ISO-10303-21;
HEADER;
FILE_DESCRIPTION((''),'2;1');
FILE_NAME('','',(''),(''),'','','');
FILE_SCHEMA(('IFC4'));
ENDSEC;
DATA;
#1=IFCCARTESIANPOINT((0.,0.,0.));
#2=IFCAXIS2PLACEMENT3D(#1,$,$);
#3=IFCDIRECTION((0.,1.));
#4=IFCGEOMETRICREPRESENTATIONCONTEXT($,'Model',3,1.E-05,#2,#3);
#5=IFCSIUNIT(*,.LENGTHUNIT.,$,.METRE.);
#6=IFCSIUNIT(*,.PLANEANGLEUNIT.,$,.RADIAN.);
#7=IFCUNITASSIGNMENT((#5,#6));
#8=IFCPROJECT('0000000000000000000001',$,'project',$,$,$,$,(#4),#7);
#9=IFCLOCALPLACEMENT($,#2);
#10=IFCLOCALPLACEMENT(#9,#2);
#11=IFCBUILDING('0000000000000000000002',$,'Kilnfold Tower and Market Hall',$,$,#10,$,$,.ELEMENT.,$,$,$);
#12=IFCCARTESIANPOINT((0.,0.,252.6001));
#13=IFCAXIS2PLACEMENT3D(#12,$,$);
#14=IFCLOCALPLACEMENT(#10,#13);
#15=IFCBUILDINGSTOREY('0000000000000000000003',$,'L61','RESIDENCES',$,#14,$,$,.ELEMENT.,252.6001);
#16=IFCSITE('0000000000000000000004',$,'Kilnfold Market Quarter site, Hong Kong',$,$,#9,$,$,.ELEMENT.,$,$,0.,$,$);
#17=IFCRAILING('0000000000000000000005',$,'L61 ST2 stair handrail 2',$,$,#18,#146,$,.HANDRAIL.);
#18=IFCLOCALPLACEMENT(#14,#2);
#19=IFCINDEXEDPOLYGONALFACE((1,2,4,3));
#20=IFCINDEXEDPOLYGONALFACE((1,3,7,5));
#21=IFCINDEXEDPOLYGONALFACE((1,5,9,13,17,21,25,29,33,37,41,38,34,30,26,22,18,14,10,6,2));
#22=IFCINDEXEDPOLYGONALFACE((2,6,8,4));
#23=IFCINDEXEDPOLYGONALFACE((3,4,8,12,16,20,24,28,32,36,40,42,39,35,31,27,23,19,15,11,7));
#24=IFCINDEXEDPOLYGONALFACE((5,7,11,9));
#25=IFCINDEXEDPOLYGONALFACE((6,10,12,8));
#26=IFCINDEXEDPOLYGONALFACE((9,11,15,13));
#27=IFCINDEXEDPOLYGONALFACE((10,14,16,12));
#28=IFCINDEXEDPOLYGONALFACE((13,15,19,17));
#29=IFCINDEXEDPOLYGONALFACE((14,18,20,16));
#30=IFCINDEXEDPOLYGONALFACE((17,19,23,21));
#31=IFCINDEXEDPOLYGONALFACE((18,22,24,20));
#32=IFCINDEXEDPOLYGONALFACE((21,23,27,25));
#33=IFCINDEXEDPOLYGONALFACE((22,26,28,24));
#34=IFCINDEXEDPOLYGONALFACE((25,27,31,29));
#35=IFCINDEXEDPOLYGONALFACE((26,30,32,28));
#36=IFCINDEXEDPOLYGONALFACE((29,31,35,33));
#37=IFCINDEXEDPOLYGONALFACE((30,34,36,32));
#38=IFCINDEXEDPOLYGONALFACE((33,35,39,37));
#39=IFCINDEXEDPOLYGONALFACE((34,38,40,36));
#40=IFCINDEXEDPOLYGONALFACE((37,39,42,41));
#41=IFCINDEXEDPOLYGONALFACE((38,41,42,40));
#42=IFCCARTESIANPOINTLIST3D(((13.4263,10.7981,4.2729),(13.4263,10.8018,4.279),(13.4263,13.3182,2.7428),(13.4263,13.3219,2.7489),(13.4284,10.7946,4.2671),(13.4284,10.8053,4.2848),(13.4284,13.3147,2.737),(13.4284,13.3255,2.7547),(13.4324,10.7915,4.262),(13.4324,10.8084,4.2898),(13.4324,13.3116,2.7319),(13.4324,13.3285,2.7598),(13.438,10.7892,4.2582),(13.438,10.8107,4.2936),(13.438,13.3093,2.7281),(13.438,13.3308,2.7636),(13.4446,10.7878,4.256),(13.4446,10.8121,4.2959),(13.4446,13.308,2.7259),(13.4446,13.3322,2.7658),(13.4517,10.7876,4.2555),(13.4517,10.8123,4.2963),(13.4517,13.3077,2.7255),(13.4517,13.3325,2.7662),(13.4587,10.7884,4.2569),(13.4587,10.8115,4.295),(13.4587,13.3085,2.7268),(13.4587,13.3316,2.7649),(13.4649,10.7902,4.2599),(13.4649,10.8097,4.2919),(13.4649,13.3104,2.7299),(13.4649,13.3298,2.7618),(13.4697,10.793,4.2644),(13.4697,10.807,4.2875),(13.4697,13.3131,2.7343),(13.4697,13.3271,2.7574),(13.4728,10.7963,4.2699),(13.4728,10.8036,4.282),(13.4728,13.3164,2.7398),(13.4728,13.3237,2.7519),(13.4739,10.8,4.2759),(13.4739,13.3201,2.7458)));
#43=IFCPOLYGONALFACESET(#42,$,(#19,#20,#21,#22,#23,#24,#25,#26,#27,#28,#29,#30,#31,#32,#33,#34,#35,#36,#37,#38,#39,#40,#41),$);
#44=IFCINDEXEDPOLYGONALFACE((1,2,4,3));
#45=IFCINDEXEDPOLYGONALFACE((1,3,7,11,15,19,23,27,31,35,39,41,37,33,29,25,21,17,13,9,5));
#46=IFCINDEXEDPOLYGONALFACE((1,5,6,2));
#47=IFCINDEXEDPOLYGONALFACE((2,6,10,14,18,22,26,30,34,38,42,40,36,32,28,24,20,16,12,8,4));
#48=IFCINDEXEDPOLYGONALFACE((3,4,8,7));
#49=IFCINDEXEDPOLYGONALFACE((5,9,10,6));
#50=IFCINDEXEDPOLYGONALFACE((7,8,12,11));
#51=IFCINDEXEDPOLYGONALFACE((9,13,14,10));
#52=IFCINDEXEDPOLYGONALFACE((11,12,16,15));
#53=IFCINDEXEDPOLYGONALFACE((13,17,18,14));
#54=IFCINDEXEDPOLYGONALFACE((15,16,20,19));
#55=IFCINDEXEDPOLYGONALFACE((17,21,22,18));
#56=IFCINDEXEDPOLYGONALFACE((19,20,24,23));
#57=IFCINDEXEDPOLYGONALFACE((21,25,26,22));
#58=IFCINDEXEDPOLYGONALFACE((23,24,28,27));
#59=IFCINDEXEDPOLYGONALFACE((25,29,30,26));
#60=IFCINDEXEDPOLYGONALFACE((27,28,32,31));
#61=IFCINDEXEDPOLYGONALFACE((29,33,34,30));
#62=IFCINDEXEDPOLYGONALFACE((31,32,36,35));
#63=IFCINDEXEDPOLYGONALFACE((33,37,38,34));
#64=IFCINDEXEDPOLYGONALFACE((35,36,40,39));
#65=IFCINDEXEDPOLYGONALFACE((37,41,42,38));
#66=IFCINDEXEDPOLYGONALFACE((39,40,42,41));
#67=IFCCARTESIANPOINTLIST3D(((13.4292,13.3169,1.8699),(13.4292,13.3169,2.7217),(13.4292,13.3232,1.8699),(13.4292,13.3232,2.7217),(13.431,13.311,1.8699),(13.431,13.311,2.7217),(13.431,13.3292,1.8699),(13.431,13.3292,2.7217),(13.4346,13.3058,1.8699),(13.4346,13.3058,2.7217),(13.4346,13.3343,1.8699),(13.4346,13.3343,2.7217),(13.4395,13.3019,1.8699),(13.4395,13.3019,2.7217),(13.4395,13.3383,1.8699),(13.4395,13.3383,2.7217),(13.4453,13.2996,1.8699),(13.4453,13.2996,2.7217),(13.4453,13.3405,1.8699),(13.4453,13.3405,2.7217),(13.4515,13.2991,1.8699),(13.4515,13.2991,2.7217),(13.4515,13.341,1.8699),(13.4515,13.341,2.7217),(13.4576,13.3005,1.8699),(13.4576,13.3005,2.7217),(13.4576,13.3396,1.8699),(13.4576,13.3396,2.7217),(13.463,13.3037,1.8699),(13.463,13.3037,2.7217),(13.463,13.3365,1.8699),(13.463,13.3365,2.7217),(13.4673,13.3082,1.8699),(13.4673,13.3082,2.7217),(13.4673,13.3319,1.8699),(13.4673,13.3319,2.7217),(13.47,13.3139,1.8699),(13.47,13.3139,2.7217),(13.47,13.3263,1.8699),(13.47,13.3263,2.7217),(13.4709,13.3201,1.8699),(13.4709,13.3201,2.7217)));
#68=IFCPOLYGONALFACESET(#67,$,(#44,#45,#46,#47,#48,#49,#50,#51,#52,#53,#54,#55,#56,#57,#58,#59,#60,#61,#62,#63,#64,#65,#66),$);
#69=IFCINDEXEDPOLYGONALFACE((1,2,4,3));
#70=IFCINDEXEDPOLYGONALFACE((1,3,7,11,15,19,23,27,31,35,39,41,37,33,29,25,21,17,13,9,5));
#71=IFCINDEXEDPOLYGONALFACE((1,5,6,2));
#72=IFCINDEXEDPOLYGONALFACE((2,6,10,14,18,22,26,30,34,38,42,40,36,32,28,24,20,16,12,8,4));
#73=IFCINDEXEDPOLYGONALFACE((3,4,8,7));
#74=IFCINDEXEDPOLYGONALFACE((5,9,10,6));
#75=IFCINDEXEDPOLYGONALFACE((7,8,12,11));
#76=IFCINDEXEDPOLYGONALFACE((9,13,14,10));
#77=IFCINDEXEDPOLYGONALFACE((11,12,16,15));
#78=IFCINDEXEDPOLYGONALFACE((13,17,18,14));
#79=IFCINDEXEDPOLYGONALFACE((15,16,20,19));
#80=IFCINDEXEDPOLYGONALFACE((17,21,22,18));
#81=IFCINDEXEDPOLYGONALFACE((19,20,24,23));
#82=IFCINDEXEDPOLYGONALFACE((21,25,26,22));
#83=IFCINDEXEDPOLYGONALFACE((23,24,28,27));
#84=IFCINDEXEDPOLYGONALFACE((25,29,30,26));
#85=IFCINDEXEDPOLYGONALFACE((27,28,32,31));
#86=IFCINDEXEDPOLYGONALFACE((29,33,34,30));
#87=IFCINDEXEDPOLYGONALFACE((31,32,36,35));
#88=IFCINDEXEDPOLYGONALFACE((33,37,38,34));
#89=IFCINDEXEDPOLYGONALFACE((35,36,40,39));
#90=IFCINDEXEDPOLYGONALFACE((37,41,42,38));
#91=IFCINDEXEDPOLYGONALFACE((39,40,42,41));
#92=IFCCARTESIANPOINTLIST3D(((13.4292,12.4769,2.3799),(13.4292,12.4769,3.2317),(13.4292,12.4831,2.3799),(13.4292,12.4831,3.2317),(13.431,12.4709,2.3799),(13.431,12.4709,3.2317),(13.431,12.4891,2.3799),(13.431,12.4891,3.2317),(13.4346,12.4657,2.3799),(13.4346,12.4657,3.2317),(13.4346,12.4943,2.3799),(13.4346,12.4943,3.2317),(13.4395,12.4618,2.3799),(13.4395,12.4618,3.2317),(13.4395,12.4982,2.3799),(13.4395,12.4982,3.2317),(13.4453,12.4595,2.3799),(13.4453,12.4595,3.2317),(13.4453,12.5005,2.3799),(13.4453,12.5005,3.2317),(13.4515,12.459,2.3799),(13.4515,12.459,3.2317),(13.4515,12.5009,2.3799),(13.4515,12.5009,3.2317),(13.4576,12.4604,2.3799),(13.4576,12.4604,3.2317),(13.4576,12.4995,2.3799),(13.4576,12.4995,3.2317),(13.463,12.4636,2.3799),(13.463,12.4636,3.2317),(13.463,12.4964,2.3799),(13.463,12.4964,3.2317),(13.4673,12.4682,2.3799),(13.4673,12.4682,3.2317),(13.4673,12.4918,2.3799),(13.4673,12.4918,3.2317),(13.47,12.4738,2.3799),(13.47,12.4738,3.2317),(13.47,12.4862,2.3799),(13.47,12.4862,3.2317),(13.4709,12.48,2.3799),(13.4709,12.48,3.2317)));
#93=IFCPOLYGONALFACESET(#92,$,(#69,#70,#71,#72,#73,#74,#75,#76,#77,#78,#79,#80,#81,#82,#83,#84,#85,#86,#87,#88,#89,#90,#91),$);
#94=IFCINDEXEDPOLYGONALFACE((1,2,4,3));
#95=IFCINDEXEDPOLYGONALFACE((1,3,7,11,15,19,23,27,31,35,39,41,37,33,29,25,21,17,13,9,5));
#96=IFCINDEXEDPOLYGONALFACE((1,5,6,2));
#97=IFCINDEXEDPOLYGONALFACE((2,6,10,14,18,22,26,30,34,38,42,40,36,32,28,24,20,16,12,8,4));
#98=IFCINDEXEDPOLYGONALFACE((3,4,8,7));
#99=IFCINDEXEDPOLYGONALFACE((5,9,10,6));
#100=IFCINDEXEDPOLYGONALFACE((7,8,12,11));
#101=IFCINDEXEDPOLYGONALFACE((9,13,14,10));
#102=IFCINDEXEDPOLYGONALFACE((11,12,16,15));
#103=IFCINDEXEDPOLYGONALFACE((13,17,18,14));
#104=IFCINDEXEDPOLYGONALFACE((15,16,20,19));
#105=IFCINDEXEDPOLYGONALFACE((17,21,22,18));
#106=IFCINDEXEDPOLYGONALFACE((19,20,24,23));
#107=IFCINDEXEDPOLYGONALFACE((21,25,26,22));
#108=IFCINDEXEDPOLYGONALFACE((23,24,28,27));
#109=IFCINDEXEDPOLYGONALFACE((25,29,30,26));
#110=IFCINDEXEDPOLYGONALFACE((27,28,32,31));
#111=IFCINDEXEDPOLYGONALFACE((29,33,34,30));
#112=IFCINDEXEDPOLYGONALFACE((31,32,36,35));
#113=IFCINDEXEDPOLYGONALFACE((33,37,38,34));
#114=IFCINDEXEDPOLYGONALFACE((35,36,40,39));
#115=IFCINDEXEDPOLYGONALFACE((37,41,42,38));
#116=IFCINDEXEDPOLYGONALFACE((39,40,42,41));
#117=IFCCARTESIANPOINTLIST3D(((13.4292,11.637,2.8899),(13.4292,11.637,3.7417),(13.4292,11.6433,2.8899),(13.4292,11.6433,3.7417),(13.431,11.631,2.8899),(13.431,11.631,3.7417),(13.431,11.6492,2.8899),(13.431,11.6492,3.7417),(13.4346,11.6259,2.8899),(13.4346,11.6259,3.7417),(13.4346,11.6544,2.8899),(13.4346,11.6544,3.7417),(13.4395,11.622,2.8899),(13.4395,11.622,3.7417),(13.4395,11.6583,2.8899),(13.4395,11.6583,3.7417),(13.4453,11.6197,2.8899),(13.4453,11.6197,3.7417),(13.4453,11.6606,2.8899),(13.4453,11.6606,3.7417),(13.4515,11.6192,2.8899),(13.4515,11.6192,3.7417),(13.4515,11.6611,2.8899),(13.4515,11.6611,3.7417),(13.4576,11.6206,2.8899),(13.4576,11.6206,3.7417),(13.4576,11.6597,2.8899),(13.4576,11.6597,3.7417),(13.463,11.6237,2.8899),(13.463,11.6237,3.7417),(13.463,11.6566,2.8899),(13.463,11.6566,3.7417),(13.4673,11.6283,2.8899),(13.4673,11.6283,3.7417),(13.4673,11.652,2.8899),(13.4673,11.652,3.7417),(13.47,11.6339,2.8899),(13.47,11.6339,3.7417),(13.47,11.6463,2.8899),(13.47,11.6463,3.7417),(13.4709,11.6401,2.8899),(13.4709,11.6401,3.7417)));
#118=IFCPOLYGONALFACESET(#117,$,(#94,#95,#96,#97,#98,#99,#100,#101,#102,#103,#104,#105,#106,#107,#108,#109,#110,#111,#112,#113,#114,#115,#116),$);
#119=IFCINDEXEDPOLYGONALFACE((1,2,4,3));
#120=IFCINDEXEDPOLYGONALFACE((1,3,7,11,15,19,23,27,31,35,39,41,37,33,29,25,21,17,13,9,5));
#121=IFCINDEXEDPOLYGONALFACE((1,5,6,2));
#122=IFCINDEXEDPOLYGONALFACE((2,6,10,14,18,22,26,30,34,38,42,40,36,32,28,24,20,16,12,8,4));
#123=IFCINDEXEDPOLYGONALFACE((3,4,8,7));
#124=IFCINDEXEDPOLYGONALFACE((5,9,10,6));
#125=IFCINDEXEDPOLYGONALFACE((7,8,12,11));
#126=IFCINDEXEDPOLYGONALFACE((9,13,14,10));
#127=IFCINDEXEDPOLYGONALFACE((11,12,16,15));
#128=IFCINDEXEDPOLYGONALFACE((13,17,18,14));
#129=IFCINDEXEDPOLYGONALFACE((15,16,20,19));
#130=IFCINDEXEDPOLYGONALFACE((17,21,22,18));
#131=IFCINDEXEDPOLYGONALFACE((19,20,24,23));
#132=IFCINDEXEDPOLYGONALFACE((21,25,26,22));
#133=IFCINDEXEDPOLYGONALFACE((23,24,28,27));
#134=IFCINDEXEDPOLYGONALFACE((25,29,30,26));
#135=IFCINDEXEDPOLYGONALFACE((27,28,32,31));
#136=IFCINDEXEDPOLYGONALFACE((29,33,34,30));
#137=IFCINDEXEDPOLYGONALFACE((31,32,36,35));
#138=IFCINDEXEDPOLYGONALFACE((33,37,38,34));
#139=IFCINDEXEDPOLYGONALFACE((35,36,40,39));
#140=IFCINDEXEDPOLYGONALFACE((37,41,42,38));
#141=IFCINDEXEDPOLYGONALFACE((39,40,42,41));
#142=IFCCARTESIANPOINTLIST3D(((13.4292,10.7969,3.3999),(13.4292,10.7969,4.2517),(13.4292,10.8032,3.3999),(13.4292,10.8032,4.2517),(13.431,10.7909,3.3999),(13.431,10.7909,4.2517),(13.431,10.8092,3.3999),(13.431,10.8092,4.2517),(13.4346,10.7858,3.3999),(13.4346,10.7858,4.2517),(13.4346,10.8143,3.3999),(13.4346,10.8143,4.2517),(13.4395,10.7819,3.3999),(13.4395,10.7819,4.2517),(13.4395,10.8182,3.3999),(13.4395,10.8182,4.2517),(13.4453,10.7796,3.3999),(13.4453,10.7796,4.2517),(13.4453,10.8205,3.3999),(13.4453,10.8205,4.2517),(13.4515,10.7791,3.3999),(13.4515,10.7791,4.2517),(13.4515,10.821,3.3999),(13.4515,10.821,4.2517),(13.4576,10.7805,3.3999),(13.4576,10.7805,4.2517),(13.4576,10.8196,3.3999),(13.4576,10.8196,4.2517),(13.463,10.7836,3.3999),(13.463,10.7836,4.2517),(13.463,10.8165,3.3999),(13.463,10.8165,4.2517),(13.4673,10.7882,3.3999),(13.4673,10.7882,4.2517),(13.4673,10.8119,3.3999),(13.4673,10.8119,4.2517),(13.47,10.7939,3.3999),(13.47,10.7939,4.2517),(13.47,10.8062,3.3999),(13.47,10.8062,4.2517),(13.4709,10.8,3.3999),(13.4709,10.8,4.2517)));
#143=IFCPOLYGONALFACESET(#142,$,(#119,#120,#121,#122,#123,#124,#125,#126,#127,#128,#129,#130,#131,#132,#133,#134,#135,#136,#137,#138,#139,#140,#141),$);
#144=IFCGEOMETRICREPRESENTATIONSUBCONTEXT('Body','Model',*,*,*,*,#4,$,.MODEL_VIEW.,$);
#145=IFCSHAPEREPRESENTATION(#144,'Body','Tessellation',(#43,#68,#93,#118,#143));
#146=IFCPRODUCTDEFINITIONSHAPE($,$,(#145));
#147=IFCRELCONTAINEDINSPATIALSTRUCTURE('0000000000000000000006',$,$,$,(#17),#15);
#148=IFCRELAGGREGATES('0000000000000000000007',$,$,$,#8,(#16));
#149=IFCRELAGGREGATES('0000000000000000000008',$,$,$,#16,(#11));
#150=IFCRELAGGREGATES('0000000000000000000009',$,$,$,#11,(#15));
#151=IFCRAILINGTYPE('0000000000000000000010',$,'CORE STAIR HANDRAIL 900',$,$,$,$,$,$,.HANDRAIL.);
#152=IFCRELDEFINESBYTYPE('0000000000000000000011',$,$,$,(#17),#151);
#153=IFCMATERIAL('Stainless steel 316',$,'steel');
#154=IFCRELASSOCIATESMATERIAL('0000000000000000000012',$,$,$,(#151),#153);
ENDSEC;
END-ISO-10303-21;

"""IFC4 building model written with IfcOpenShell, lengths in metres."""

from ifc_helpers import new_model, si_unit, direction, frame, origin, origin_2d, place, context, subcontext, project, spatial, circle, extrude, material, type_object, element, save


model = new_model("IFC4")

# Units and contexts
model_context = context("Model", 3, precision=1e-05, world=origin(), true_north=direction((0.0, 1.0)))
body_context = subcontext(model_context, "Body", "Model", "MODEL_VIEW")
ifc_project = project(units=[si_unit("LENGTHUNIT", "METRE"), si_unit("PLANEANGLEUNIT", "RADIAN")], contexts=[model_context])

# Site, building, storey
site_placement = place(None, origin())
site = spatial("IfcSite", under=ifc_project, at=site_placement, Name="Kilnfold Market Quarter site, Hong Kong", CompositionType="ELEMENT", RefElevation=0.0)
building_placement = place(site_placement, origin())
building = spatial("IfcBuilding", under=site, at=building_placement, Name="Kilnfold Tower and Market Hall", CompositionType="ELEMENT")
storey_placement = place(building_placement, frame((0.0, 0.0, 252.6001)))
storey = spatial("IfcBuildingStorey", under=building, at=storey_placement, Name="L61", Description="RESIDENCES", CompositionType="ELEMENT", Elevation=252.6001)

# Railing
ifc_material_1 = material(Name="Stainless steel 316", Category="steel")
railing_type_1 = type_object("IfcRailingType", Name="CORE STAIR HANDRAIL 900", PredefinedType="HANDRAIL", material=ifc_material_1)
railing_1_placement = place(storey_placement, frame((13.45, 13.3201, 1.8699)))
element("IfcRailing", 1, at=railing_1_placement, inside=storey, type_object=railing_type_1, Name="L61 ST2 stair handrail 2", PredefinedType="HANDRAIL", context=body_context, shape_type="SweptSolid", body=[
    extrude(circle(Radius=0.0239, at=origin_2d()), frame((0.0, 0.0, 0.876), z_axis=(0.0, -0.854785, 0.518982), x_axis=(1.0, 0.0, 0.0)), (0.0, 0.0, 1.0), 2.9482),
    extrude(circle(Radius=0.021, at=origin_2d()), origin(), (0.0, 0.0, 1.0), 0.8518),
    extrude(circle(Radius=0.021, at=origin_2d()), frame((0.0, -0.8401, 0.51)), (0.0, 0.0, 1.0), 0.8518),
    extrude(circle(Radius=0.021, at=origin_2d()), frame((0.0, -1.6799, 1.02)), (0.0, 0.0, 1.0), 0.8518),
    extrude(circle(Radius=0.021, at=origin_2d()), frame((0.0, -2.52, 1.53)), (0.0, 0.0, 1.0), 0.8518),
])

save(model, "model.ifc")
